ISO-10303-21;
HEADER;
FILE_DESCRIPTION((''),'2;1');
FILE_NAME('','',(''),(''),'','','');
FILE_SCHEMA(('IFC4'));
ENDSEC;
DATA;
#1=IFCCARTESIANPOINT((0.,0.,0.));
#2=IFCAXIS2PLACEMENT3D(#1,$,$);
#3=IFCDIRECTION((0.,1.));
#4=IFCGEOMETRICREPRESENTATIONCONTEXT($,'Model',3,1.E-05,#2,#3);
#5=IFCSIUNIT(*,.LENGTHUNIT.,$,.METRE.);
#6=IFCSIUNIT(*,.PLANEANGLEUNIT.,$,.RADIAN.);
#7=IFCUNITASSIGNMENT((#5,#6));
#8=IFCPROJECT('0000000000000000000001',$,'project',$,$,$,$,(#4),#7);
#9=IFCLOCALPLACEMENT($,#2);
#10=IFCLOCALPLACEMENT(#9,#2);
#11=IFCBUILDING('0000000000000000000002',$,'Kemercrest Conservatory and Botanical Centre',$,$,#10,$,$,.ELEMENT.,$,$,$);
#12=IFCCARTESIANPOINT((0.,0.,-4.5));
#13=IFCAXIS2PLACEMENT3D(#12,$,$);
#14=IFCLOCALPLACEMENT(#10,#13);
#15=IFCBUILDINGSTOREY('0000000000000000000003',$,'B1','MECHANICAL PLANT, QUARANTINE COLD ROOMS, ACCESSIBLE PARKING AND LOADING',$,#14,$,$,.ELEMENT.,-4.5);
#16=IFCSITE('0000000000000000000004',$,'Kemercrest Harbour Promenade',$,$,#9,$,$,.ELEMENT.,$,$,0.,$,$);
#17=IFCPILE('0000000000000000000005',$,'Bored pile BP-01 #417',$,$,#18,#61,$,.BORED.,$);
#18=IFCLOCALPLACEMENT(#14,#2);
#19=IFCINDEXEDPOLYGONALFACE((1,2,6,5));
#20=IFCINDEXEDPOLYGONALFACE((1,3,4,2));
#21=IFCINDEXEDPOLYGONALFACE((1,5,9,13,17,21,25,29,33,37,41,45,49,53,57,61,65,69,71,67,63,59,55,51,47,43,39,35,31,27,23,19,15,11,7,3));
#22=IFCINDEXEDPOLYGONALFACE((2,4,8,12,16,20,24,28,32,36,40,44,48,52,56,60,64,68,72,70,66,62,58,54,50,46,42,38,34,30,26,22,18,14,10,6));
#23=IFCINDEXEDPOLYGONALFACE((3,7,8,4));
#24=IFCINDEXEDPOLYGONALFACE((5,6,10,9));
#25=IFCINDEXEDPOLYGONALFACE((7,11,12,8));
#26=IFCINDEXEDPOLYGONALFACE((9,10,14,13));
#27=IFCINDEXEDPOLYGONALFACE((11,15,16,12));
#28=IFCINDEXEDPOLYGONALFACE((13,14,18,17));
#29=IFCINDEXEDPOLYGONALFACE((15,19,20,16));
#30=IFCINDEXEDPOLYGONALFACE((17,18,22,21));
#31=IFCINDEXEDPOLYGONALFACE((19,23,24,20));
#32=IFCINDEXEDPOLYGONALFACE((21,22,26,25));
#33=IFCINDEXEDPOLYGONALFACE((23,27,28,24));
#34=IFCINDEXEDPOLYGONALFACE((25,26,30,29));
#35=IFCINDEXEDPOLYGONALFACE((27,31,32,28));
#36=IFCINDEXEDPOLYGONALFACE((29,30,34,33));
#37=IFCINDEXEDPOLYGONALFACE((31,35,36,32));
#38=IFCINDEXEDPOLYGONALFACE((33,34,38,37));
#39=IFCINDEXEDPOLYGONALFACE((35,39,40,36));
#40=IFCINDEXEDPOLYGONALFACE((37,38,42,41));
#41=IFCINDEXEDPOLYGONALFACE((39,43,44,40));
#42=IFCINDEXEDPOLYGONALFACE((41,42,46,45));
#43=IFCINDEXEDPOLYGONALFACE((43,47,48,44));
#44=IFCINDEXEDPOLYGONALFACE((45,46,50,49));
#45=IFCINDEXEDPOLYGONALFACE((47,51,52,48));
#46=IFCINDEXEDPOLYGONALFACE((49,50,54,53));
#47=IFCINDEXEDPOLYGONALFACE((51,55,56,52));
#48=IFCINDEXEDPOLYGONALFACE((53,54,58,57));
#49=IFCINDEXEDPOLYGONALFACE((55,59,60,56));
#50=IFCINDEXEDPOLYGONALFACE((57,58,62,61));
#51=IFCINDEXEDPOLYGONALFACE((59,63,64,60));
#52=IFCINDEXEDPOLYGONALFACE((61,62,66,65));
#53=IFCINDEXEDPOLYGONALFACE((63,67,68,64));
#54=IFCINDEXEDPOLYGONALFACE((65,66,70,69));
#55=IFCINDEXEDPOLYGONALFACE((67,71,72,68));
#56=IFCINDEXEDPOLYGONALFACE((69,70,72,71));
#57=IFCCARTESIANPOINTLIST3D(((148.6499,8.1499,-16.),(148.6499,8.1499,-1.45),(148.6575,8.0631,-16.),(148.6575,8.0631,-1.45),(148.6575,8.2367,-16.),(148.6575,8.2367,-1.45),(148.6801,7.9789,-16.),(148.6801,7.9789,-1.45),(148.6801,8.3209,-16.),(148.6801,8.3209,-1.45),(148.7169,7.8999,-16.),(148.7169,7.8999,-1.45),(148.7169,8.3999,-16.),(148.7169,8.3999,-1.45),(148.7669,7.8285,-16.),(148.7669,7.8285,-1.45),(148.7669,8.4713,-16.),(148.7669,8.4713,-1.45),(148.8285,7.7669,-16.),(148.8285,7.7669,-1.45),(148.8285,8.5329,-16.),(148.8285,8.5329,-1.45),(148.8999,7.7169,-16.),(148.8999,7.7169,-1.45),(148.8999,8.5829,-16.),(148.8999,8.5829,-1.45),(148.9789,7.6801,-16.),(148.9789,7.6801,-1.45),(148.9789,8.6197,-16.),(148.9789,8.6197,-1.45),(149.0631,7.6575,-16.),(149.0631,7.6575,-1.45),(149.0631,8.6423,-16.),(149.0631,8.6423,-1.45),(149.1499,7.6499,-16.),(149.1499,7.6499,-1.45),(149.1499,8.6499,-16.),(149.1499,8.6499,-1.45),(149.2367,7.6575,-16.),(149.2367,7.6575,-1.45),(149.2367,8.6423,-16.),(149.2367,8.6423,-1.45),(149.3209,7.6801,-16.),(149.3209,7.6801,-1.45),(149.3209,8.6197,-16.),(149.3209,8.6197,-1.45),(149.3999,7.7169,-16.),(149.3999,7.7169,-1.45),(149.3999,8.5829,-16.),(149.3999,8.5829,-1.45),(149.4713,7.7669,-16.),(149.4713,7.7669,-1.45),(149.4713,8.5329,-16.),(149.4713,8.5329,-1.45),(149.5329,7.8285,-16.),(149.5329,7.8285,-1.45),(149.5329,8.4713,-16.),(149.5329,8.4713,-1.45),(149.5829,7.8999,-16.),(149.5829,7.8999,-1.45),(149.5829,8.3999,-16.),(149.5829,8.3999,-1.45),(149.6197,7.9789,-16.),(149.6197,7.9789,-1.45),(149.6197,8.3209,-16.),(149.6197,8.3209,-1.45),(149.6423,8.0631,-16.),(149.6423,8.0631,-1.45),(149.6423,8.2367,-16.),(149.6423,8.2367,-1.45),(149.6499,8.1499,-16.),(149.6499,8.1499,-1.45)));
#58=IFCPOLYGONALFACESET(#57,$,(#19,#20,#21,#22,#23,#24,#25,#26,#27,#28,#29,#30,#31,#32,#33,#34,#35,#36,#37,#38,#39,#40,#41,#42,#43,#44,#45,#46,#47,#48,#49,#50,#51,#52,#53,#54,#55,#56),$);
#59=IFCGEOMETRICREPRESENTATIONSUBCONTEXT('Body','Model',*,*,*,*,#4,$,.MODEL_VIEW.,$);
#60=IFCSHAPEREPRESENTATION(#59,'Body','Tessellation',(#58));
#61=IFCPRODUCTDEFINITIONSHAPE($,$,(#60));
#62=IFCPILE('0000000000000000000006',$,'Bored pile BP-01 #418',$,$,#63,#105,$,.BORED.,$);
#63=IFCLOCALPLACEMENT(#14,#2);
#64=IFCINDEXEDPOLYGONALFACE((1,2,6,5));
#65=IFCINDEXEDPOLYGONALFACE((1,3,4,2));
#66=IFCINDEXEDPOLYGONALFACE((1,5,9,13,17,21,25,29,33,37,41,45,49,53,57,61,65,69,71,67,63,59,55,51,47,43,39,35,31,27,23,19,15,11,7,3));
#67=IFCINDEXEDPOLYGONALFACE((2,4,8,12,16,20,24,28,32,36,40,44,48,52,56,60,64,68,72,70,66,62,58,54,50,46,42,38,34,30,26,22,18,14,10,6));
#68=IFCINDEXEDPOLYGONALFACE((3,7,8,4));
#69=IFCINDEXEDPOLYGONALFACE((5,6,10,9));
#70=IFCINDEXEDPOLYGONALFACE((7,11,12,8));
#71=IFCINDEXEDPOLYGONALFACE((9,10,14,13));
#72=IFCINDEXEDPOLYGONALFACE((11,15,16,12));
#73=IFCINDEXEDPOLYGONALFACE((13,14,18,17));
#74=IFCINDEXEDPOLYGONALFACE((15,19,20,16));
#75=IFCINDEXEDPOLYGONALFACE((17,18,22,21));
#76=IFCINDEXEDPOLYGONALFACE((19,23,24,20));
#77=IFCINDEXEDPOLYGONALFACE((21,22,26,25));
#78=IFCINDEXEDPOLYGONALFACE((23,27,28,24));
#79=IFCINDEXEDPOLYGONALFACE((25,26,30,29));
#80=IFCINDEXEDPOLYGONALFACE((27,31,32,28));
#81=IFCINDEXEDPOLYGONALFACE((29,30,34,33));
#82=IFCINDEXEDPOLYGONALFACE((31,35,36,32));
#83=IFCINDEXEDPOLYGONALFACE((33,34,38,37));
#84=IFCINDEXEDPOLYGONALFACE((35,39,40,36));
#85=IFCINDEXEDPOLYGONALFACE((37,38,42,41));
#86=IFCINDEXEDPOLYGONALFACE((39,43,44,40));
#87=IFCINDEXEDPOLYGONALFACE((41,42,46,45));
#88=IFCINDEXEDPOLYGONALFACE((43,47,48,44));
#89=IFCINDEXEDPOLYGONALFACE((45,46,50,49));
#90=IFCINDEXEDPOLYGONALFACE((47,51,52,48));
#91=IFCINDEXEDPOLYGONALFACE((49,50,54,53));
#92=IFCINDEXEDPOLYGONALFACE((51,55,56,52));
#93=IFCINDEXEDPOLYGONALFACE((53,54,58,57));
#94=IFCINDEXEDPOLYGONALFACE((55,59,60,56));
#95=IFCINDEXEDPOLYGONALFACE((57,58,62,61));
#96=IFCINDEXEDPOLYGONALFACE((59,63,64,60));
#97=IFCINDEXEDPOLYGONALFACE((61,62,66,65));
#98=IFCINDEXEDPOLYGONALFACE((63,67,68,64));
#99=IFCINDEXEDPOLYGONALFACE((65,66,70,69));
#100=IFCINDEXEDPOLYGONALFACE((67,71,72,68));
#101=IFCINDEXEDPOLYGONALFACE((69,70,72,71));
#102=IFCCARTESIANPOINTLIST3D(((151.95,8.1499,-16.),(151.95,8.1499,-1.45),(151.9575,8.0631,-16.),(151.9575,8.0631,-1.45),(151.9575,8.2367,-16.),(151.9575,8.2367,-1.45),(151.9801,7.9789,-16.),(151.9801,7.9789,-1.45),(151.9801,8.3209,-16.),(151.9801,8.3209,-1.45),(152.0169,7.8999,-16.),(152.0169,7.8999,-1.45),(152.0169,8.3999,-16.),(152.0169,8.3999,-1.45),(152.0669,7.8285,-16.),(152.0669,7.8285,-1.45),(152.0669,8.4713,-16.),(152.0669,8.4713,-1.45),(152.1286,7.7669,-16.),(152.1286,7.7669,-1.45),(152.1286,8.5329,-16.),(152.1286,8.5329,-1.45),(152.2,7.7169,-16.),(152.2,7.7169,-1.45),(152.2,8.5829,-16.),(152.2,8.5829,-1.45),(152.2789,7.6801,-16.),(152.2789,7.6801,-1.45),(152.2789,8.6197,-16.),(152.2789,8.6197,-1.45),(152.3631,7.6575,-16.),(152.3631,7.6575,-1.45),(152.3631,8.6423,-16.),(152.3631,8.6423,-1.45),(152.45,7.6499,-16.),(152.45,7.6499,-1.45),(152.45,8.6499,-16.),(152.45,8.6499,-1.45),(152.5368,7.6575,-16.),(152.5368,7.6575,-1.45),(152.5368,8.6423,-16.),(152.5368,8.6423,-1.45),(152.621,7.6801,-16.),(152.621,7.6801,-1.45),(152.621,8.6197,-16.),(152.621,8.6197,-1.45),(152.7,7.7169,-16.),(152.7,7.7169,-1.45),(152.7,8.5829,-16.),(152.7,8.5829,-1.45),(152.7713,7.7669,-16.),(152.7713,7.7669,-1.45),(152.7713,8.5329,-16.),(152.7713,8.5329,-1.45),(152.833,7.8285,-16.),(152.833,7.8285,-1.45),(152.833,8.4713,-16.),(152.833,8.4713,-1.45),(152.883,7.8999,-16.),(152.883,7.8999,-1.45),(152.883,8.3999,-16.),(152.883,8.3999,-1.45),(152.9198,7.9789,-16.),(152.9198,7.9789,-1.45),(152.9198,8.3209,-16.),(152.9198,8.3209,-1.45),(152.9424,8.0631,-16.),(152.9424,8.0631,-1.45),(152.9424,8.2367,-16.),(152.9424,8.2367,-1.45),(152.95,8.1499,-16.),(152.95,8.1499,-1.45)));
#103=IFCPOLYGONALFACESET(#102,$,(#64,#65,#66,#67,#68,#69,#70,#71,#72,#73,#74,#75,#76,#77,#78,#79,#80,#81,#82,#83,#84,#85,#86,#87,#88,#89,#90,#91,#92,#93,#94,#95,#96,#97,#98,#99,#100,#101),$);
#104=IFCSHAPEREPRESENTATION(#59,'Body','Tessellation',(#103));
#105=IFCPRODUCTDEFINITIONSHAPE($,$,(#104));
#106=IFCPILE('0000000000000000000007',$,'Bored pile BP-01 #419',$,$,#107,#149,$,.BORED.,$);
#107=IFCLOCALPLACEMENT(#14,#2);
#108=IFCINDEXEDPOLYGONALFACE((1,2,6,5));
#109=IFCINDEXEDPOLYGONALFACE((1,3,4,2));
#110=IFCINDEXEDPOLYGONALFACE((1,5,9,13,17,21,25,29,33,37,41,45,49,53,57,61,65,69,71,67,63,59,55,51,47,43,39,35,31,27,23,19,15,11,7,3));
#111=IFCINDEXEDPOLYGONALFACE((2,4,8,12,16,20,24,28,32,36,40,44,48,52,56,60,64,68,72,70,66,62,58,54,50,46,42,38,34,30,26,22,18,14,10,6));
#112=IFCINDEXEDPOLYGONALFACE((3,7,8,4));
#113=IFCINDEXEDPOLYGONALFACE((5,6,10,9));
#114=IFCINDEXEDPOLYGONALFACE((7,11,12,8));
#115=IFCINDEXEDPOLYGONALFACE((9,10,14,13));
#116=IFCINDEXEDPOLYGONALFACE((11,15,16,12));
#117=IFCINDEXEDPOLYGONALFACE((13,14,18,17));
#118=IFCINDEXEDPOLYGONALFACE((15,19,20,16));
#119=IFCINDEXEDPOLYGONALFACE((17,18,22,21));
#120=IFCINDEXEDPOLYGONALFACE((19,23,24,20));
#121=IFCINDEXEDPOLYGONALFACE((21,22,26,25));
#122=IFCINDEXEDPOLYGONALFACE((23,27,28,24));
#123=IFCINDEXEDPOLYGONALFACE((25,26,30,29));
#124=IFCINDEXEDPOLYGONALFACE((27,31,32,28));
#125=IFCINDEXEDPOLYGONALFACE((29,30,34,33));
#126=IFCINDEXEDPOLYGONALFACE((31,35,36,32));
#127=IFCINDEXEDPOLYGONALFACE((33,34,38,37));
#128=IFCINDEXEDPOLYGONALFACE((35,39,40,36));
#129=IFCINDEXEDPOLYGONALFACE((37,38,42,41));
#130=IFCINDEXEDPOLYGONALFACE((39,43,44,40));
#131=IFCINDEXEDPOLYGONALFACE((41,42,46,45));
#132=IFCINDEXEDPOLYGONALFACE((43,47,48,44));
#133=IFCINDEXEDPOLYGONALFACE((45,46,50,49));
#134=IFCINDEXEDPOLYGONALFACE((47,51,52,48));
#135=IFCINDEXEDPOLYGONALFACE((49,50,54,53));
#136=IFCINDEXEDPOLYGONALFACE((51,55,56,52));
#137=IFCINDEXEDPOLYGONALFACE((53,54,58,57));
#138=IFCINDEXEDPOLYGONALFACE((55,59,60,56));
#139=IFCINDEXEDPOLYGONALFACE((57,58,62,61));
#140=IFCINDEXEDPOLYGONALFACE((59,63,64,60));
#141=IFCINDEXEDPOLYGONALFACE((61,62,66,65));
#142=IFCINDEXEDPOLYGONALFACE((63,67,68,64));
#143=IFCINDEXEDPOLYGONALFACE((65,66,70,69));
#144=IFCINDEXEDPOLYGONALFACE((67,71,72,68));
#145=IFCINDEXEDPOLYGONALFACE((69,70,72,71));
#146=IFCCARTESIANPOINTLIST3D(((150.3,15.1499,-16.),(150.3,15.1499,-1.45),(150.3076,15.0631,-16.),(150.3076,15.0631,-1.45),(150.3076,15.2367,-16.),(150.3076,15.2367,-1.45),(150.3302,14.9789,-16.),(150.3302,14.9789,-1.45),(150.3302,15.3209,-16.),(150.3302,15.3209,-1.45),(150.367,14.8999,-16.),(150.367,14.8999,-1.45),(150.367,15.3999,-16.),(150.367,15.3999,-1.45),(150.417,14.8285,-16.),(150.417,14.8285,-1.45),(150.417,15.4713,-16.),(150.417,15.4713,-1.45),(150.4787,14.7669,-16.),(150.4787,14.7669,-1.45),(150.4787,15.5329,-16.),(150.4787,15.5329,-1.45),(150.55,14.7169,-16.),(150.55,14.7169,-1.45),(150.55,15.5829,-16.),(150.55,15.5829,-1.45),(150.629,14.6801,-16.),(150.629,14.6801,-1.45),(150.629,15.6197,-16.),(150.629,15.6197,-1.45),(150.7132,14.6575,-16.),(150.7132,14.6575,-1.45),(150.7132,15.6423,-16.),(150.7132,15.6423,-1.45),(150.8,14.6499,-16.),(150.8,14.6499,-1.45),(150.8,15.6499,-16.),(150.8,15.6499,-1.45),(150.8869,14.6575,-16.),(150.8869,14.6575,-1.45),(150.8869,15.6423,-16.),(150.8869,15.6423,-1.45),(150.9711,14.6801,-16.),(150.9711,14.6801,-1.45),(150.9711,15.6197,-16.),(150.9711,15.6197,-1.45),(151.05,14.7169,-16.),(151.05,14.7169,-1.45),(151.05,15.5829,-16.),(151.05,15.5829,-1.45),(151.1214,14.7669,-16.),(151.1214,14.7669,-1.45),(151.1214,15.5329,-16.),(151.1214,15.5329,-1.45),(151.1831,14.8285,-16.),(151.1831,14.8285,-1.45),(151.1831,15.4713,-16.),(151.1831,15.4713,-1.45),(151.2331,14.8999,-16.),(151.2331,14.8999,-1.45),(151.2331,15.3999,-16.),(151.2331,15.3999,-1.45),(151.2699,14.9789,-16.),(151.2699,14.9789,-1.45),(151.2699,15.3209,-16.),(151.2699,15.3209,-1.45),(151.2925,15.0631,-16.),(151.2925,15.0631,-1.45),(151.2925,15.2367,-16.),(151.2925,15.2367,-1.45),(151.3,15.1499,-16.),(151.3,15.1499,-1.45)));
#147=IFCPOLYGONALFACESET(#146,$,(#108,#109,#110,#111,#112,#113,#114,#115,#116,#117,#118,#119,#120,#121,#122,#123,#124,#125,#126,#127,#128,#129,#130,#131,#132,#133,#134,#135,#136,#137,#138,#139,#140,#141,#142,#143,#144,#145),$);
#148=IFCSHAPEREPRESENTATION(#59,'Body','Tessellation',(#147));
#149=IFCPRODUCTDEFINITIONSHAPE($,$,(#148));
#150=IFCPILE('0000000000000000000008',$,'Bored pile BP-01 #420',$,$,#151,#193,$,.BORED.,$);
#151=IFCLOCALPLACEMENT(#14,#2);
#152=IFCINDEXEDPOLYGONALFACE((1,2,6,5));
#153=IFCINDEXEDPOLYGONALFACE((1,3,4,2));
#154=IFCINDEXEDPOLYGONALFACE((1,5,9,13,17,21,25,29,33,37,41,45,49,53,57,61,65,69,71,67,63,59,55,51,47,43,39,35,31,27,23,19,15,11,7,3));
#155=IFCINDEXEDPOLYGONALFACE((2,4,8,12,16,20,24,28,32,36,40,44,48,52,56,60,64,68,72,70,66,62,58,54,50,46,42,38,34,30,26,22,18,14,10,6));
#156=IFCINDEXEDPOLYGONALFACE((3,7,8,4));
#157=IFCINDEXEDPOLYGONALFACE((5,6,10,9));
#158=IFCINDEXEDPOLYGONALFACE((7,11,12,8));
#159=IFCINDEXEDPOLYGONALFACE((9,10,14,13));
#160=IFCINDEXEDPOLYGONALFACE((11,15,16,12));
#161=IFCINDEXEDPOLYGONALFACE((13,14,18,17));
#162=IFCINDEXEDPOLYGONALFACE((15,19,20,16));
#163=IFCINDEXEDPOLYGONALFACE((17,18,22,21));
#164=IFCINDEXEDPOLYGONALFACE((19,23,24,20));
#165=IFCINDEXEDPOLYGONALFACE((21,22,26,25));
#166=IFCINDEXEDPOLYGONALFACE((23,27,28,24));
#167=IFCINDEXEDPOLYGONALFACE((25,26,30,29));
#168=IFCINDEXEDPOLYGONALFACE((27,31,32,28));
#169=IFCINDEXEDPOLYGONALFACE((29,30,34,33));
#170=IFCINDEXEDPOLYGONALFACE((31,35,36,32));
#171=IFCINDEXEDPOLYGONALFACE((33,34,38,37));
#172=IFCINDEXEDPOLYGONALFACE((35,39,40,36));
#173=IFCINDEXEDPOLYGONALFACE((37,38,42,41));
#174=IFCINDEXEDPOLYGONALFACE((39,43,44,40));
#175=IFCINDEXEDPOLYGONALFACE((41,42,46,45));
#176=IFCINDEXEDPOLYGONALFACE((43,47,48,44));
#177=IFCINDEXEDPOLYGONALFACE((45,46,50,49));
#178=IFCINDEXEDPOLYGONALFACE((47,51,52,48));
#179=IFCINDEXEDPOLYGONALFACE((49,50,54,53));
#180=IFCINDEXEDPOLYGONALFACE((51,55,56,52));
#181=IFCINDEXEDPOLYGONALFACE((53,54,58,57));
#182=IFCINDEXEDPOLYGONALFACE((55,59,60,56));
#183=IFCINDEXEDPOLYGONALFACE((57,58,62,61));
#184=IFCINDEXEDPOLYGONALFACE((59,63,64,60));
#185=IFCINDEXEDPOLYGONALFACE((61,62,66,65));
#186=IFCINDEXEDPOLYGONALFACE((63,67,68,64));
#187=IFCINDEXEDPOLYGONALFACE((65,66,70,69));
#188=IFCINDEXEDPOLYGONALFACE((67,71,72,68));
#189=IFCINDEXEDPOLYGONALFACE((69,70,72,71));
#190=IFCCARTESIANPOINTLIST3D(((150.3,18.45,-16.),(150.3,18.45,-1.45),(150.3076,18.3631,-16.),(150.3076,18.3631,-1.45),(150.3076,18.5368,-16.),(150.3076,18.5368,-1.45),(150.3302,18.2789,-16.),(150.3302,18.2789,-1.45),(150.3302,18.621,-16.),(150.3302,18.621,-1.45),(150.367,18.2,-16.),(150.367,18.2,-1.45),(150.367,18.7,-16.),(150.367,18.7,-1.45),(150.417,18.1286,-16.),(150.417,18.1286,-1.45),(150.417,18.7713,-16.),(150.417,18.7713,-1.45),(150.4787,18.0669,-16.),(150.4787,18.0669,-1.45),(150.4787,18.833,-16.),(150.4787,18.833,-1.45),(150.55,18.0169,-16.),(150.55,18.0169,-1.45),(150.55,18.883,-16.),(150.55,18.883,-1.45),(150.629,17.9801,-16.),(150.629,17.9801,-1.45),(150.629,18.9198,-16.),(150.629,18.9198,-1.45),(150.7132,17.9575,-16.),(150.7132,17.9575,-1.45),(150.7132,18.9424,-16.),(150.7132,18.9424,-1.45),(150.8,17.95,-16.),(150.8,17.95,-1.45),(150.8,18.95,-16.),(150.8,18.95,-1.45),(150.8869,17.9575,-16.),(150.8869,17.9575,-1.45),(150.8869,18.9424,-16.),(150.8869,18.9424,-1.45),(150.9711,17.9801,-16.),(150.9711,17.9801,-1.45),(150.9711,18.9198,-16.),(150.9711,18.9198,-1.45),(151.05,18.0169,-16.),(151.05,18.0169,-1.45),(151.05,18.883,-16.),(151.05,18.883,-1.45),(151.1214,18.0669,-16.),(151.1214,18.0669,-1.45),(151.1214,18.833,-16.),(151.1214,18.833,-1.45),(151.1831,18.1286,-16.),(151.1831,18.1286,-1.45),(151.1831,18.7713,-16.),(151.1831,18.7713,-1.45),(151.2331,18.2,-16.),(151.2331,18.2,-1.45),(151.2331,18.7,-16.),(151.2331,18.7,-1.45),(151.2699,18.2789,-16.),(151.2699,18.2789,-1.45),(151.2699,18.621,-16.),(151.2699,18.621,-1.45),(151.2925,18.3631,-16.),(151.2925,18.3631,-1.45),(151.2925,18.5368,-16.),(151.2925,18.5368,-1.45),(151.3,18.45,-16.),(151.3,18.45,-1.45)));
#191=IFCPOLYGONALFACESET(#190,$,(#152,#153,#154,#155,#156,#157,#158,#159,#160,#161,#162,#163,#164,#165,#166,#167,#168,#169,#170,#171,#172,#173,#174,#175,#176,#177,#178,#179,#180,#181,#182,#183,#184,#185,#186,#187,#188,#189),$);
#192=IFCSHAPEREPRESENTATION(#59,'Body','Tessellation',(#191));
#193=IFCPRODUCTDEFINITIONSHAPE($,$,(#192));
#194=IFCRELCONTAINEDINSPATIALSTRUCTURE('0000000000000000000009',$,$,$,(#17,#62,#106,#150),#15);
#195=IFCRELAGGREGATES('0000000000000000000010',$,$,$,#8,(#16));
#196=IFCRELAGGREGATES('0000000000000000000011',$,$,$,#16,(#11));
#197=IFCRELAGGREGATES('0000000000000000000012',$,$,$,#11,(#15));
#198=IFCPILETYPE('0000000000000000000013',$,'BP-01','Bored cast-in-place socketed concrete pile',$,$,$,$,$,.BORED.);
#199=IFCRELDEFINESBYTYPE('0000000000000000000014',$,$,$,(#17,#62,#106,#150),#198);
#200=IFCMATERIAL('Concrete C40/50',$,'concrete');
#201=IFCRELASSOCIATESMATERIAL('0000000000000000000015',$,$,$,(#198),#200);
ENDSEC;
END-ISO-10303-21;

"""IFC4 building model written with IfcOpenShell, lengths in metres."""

from ifc_helpers import new_model, si_unit, direction, frame, origin, origin_2d, place, context, subcontext, project, spatial, circle, extrude, material, material_profile, profile_set, type_object, element, save


model = new_model("IFC4")

# Units and contexts
model_context = context("Model", 3, precision=1e-05, world=origin(), true_north=direction((0.0, 1.0)))
body_context = subcontext(model_context, "Body", "Model", "MODEL_VIEW")
ifc_project = project(units=[si_unit("LENGTHUNIT", "METRE"), si_unit("PLANEANGLEUNIT", "RADIAN")], contexts=[model_context])

# Site, building, storey
site_placement = place(None, origin())
site = spatial("IfcSite", under=ifc_project, at=site_placement, Name="Kemercrest Harbour Promenade", CompositionType="ELEMENT", RefElevation=0.0)
building_placement = place(site_placement, origin())
building = spatial("IfcBuilding", under=site, at=building_placement, Name="Kemercrest Conservatory and Botanical Centre", CompositionType="ELEMENT")
storey_placement = place(building_placement, frame((0.0, 0.0, -4.5)))
storey = spatial("IfcBuildingStorey", under=building, at=storey_placement, Name="B1", Description="MECHANICAL PLANT, QUARANTINE COLD ROOMS, ACCESSIBLE PARKING AND LOADING", CompositionType="ELEMENT", Elevation=-4.5)

# Piles
ifc_material_1 = material(Name="Concrete C40/50", Category="concrete")
ifc_material_profile_1 = material_profile(ifc_material_1, circle(Radius=0.5, at=origin_2d()), Name="BORED PILE 1000")
ifc_profile_set_1 = profile_set([ifc_material_profile_1], Name="Concrete C40/50")
pile_type_1 = type_object("IfcPileType", Name="BP-01", Description="Bored cast-in-place socketed concrete pile", PredefinedType="BORED", material=ifc_profile_set_1)
for number, where, z_axis, x_axis, name in (
    (1, (149.1499, 8.1499, -1.45), (0.0, 0.0, -1.0), (1.0, 0.0, 0.0), "Bored pile BP-01 #417"),
    (2, (152.45, 8.1499, -1.45), (0.0, 0.0, -1.0), (1.0, 0.0, 0.0), "Bored pile BP-01 #418"),
    (3, (150.8, 15.1499, -1.45), (0.0, 0.0, -1.0), (1.0, 0.0, 0.0), "Bored pile BP-01 #419"),
    (4, (150.8, 18.45, -1.45), (0.0, 0.0, -1.0), (1.0, 0.0, 0.0), "Bored pile BP-01 #420"),
):
    element("IfcPile", number, at=place(storey_placement, frame(where, z_axis=z_axis, x_axis=x_axis)), inside=storey, type_object=pile_type_1, Name=name, PredefinedType="BORED", context=body_context, shape_type="SweptSolid", body=[
        extrude(circle(Radius=0.5, at=origin_2d()), origin(), (0.0, 0.0, 1.0), 14.55),
    ])

save(model, "model.ifc")
